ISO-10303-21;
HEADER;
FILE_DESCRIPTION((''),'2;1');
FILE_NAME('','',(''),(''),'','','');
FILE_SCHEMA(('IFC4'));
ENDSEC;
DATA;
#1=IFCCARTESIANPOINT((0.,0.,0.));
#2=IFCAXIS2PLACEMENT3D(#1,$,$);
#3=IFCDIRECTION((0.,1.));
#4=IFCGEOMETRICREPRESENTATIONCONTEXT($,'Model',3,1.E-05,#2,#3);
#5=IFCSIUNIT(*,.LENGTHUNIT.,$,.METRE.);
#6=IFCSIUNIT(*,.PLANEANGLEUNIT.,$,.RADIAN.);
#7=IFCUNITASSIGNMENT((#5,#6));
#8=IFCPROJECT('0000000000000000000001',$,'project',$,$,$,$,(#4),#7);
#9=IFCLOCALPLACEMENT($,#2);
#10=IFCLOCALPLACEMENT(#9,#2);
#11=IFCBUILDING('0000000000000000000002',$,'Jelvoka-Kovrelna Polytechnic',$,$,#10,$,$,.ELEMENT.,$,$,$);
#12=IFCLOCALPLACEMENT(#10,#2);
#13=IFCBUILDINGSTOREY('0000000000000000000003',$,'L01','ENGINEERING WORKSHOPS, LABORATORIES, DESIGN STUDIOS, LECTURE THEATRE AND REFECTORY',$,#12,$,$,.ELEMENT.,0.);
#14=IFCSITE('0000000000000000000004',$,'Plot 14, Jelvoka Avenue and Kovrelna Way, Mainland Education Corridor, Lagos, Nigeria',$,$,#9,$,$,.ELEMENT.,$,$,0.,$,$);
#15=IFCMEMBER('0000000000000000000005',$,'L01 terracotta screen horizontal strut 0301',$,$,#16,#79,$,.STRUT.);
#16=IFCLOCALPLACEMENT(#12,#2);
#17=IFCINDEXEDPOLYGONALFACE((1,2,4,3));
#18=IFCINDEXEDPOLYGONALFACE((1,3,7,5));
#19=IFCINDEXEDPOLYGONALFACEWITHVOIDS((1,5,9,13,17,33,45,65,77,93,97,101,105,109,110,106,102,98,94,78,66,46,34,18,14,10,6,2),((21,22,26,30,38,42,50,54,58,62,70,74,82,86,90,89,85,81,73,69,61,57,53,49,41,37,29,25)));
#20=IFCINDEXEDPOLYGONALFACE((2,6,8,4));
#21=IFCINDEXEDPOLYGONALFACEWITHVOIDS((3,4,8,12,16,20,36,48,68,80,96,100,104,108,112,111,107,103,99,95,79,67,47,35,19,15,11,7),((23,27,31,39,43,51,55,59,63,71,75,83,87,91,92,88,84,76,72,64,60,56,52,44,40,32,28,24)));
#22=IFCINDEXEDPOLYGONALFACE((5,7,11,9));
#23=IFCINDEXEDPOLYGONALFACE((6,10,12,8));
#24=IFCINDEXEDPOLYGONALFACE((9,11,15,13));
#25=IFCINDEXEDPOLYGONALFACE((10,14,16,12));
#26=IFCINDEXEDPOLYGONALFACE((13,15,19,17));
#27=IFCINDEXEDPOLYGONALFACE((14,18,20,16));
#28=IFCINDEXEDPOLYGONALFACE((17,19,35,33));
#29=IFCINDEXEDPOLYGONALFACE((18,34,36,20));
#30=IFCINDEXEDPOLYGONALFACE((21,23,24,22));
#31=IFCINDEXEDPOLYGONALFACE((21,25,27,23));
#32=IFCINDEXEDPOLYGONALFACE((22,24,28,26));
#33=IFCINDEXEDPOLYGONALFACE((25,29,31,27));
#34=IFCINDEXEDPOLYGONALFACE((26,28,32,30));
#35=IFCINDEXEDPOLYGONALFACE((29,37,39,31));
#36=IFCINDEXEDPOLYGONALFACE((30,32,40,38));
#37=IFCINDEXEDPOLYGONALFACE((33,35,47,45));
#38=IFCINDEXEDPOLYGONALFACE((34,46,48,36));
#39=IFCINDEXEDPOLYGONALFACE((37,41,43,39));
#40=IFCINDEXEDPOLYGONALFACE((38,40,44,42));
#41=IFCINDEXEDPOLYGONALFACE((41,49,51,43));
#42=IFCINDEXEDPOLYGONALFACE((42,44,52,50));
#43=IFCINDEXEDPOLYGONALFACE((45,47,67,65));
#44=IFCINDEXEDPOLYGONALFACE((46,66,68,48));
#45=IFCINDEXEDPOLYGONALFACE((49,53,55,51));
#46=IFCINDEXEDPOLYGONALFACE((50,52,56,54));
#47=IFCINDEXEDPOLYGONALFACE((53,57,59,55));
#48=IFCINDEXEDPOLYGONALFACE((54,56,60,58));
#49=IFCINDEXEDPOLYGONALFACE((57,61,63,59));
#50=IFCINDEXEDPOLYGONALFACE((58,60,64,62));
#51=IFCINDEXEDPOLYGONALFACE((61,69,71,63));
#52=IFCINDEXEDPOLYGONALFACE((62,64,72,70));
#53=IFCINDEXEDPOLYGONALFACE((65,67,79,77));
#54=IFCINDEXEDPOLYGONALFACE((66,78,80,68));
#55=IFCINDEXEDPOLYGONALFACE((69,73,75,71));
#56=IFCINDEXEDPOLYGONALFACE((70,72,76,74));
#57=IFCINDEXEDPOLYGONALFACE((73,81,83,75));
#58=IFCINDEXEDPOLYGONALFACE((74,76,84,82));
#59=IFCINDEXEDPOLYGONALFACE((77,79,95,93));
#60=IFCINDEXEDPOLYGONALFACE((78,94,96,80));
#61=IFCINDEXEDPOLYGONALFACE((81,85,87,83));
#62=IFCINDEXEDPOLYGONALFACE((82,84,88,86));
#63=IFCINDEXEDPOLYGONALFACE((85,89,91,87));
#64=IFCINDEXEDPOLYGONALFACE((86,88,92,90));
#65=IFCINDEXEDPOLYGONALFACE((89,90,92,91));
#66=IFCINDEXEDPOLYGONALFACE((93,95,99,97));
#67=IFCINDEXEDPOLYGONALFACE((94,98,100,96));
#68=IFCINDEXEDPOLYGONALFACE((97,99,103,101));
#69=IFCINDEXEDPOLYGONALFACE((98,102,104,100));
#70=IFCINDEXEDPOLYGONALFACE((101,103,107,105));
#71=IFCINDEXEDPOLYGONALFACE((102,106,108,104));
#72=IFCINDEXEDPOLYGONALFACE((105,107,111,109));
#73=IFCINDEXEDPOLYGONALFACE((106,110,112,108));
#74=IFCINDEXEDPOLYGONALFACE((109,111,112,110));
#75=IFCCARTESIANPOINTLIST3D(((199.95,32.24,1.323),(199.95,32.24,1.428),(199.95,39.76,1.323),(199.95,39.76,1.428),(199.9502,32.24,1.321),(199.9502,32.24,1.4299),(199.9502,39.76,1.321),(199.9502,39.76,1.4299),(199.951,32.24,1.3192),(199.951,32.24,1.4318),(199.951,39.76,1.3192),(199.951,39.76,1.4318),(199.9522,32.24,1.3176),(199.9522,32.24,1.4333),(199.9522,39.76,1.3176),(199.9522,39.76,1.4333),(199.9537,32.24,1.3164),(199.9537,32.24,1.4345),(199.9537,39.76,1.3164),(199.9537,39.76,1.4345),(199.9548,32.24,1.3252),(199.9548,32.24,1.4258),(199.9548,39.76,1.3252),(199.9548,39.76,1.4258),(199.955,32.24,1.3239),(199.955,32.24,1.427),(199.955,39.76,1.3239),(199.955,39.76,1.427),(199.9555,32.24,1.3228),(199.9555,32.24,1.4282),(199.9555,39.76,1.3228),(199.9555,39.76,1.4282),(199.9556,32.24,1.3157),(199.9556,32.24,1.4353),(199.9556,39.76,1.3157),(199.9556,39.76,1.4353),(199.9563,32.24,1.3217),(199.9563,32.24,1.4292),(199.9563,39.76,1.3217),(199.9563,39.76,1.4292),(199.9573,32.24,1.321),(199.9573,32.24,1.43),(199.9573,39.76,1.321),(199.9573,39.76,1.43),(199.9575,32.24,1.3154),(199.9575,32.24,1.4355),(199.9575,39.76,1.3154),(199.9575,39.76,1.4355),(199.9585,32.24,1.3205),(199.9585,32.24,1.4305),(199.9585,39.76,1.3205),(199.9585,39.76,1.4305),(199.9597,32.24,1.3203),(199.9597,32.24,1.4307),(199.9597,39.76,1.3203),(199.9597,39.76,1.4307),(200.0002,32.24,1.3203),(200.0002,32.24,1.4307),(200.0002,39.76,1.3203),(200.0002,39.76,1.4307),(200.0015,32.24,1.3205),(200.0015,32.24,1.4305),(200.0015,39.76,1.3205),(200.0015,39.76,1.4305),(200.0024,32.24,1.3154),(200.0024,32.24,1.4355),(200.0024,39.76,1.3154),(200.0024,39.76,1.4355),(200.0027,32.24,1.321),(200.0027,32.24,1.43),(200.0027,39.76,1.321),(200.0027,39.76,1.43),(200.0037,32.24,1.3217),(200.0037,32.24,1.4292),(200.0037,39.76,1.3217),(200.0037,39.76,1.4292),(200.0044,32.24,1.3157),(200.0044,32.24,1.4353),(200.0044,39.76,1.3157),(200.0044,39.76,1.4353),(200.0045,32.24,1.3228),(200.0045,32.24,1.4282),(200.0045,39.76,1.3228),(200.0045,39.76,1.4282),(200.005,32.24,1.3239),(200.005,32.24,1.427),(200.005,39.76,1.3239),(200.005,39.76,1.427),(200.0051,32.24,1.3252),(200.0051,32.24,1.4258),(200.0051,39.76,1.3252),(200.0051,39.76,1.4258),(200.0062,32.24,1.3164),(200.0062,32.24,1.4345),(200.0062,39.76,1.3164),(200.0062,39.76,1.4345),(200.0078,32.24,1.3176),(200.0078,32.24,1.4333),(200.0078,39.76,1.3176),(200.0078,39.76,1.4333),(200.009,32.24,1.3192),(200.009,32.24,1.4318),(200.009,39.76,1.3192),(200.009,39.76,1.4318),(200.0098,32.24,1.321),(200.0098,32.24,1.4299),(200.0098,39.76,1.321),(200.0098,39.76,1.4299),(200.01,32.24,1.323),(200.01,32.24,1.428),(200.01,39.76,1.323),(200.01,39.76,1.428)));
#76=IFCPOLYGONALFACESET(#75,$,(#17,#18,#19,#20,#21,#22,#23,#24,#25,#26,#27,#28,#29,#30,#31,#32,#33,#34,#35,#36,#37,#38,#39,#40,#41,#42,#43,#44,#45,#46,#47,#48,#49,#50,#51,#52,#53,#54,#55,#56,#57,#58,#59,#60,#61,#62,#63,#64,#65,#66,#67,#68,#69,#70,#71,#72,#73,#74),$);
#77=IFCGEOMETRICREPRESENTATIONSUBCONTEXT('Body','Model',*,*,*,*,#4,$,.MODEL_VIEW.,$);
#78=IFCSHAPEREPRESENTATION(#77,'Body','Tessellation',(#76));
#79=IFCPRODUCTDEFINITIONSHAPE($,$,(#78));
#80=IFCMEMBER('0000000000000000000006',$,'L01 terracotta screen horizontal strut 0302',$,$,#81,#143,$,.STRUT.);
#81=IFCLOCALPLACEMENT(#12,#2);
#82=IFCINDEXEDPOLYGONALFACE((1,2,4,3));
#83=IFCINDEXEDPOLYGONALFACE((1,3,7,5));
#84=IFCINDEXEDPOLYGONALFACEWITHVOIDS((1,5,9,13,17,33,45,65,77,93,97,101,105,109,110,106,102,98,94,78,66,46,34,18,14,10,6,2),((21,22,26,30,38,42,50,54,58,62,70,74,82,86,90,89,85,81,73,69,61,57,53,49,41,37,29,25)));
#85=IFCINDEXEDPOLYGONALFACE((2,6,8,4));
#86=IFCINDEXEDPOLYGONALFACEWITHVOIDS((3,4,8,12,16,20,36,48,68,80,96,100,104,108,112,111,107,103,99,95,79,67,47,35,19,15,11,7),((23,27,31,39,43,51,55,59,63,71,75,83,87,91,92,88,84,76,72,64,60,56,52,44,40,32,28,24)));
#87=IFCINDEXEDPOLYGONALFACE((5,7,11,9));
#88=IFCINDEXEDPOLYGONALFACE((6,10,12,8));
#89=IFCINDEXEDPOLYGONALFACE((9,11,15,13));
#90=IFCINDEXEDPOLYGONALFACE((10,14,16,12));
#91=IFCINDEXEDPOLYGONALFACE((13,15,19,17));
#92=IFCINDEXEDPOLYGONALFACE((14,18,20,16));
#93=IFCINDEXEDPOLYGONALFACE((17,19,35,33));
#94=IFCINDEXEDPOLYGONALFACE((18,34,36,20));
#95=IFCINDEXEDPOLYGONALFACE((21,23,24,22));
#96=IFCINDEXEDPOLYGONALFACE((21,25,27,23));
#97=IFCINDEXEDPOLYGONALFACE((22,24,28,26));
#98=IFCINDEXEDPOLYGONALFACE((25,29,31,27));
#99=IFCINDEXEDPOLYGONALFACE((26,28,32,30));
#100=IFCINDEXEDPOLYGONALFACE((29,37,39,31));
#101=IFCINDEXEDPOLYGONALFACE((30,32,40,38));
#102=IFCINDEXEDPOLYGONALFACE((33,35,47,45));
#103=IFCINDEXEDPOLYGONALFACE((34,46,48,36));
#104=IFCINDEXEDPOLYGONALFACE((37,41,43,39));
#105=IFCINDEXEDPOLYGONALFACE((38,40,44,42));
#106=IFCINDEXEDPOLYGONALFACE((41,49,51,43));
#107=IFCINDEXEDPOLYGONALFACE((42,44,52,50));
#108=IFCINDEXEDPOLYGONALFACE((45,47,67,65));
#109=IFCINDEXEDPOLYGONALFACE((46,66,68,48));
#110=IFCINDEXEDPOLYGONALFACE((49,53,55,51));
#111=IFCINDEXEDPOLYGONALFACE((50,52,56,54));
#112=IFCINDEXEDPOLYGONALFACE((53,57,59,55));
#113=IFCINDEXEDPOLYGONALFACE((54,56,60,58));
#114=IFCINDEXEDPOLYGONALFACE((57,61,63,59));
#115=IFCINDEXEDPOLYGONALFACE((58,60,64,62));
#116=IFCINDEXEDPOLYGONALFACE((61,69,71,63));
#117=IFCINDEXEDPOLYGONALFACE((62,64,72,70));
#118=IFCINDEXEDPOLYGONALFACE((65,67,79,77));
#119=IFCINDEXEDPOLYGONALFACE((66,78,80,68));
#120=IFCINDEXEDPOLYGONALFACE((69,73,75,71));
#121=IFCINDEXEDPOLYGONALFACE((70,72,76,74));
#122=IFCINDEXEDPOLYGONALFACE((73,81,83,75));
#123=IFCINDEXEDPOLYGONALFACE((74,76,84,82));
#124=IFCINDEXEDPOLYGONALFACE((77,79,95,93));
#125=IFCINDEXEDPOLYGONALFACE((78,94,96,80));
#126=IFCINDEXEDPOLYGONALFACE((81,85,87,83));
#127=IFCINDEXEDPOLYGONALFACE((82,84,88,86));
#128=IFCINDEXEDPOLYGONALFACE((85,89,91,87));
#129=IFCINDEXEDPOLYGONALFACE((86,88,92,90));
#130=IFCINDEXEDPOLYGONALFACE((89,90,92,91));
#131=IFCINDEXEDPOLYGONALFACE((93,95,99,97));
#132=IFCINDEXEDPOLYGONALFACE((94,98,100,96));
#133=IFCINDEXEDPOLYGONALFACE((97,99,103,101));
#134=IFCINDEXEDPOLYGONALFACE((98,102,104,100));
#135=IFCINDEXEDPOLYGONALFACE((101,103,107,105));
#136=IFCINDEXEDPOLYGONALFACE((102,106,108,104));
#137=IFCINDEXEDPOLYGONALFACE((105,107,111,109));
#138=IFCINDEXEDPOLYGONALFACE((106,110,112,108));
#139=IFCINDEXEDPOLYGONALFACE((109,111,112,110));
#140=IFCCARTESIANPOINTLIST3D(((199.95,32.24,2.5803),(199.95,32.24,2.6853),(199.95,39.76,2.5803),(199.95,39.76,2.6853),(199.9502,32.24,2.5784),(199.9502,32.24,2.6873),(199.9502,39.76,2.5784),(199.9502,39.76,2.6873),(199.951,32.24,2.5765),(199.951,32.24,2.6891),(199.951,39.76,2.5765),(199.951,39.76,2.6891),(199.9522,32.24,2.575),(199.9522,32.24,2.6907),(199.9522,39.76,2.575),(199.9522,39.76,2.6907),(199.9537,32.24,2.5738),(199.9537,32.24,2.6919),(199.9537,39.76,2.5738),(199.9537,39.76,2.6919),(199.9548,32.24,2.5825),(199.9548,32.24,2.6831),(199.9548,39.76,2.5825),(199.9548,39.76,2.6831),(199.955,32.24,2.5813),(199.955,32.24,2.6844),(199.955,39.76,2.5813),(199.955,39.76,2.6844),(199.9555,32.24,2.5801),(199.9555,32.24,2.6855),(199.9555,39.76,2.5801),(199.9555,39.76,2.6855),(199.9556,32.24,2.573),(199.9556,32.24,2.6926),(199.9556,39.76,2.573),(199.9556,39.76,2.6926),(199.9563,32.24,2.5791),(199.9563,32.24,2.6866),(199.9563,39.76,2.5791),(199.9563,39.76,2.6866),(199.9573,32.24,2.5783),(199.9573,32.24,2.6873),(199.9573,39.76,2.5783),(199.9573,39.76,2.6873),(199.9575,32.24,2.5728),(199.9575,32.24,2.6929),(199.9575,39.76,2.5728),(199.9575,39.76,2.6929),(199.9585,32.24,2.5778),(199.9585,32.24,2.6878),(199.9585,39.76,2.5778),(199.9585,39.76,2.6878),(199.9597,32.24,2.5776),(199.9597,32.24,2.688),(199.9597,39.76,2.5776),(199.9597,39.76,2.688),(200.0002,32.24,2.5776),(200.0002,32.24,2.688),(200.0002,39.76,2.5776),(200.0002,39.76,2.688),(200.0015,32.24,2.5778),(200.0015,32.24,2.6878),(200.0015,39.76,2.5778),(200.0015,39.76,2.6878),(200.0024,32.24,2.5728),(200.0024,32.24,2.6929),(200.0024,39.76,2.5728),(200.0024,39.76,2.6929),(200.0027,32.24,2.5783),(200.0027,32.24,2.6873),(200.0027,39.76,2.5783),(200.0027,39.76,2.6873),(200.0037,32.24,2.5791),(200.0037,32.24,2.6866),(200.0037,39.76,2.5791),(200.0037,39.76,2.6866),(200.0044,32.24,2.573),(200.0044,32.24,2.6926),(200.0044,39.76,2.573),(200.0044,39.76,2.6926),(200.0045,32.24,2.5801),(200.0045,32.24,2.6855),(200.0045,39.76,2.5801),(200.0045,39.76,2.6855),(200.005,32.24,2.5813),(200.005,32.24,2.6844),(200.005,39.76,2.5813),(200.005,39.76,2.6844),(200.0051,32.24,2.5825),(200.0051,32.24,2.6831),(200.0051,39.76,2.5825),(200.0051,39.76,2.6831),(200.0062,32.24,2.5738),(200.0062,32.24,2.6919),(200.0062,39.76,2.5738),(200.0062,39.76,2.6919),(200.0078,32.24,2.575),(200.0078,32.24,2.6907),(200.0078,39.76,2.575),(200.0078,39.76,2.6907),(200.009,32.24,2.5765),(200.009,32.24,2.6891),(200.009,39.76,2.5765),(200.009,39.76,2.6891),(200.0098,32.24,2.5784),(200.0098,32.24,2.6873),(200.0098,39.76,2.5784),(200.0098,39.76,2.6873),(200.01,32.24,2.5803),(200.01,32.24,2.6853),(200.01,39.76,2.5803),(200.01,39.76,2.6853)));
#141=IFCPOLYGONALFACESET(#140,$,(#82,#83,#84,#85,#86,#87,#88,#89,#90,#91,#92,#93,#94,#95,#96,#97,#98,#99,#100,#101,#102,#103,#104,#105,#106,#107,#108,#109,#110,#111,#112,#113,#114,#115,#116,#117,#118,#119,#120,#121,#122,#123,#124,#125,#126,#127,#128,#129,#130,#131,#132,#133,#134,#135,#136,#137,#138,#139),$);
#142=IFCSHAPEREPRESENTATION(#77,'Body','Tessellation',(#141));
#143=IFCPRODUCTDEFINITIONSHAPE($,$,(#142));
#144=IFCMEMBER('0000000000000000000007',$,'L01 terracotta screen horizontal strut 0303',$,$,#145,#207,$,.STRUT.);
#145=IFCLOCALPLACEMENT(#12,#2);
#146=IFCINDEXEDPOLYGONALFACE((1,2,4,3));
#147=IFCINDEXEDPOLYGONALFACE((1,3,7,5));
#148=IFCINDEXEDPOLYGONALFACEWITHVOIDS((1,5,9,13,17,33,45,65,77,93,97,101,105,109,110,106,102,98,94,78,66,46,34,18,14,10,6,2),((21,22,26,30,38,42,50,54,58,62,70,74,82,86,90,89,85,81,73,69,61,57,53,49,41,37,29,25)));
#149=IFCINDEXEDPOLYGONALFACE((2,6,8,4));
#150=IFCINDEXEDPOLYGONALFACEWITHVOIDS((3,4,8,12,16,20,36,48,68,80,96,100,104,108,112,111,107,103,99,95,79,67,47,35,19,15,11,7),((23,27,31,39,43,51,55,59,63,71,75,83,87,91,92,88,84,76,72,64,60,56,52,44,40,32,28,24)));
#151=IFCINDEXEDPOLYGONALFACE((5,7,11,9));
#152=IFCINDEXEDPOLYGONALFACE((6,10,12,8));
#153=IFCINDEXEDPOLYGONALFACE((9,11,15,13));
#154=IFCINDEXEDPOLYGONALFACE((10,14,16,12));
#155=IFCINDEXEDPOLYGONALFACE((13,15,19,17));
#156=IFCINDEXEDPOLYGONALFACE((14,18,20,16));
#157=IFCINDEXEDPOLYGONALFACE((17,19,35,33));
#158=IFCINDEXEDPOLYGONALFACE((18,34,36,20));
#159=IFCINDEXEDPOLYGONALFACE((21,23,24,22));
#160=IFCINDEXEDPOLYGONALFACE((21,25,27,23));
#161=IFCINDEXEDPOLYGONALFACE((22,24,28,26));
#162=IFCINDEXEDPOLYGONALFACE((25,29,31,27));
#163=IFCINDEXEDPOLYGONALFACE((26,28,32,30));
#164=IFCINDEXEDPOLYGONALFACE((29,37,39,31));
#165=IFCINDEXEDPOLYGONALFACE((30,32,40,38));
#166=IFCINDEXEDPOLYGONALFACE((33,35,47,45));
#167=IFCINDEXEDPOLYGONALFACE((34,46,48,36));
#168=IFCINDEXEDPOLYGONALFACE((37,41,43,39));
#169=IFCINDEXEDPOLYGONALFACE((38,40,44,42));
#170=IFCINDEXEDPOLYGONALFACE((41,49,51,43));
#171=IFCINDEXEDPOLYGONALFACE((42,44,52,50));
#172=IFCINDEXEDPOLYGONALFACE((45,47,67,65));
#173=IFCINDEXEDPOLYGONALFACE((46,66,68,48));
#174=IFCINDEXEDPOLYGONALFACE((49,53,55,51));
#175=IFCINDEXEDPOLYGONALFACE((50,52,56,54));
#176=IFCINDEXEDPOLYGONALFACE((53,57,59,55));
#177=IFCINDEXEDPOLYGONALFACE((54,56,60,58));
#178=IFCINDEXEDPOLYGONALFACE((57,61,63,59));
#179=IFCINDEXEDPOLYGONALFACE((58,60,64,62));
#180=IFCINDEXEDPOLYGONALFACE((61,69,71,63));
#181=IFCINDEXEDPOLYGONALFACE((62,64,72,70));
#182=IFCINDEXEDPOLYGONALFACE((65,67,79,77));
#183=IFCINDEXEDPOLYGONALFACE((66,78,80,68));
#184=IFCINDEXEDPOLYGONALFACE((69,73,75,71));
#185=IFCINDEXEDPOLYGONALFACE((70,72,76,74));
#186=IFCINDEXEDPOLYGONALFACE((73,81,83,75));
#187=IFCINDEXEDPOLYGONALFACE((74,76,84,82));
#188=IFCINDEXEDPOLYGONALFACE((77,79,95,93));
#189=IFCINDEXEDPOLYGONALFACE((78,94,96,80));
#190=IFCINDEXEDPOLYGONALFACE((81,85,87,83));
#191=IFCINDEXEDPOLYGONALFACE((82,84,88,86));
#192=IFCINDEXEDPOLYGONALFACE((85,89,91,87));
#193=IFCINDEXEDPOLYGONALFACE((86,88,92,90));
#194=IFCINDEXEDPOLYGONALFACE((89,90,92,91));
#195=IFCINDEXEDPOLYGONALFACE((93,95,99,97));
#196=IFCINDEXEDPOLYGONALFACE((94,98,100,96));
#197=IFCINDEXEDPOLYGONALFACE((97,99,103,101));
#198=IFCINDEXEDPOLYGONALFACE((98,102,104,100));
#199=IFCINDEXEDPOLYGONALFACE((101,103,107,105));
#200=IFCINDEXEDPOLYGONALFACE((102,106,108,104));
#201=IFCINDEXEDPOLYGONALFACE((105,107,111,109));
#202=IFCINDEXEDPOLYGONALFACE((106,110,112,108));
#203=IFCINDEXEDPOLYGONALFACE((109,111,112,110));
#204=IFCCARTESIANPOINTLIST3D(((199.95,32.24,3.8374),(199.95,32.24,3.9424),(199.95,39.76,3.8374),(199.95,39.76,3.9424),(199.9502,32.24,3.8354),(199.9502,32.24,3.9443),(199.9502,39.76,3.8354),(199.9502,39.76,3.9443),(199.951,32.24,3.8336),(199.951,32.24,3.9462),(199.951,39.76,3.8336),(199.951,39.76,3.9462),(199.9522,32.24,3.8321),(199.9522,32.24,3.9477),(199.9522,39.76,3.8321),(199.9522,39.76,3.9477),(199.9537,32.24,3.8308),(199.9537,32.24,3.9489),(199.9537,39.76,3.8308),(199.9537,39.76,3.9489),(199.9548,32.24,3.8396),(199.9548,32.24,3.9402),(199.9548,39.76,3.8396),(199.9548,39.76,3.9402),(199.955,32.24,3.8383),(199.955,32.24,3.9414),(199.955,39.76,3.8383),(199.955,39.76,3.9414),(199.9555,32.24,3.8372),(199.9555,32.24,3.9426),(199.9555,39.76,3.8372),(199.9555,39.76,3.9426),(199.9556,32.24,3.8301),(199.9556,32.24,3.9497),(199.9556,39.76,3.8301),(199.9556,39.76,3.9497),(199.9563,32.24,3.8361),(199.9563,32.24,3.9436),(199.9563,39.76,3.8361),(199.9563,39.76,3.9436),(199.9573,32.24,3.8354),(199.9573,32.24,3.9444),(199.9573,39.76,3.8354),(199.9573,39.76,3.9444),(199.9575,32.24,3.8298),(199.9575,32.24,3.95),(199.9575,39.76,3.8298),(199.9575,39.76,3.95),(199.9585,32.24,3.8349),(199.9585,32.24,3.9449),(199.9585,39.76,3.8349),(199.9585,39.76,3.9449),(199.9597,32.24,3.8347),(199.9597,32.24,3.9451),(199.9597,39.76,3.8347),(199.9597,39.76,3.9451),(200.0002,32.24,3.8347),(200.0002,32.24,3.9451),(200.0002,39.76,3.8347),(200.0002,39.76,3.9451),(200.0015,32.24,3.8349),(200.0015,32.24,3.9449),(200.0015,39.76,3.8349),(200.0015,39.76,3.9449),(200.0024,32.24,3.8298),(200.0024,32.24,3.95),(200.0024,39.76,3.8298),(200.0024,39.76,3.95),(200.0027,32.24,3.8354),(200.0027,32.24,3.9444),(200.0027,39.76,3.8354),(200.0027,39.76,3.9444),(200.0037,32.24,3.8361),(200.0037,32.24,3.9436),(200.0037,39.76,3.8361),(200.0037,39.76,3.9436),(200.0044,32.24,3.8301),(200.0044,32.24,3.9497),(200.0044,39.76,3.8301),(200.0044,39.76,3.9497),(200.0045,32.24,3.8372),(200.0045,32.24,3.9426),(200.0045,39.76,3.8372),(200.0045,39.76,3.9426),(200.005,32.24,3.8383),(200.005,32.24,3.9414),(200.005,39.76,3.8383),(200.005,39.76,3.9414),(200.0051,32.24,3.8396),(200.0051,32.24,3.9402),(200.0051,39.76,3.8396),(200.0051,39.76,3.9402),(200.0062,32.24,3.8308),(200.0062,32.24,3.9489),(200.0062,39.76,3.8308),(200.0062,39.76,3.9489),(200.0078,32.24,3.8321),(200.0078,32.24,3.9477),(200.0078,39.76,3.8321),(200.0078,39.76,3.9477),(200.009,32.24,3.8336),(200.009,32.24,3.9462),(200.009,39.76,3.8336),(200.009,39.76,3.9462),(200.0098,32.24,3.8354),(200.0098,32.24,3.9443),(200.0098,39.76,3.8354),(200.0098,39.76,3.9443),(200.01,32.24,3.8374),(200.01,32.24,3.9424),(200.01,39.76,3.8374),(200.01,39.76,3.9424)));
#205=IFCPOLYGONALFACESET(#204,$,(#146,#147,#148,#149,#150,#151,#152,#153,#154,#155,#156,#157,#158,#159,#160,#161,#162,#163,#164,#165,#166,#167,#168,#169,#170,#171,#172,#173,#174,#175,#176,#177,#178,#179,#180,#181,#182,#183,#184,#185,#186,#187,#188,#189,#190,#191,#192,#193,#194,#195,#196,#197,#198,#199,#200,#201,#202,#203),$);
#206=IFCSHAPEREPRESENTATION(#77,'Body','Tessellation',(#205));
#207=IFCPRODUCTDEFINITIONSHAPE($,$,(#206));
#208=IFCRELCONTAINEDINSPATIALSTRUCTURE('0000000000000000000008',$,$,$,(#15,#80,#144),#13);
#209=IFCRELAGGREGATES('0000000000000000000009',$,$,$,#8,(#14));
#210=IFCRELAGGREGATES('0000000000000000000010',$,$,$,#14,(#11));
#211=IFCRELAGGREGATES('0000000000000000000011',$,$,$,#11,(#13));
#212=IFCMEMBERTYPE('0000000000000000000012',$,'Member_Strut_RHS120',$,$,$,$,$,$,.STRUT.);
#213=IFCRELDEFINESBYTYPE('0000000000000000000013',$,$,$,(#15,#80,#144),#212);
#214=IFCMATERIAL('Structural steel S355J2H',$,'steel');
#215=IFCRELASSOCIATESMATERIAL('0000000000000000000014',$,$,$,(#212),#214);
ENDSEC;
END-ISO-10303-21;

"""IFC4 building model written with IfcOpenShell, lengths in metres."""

from ifc_helpers import new_model, si_unit, direction, frame, origin, origin_2d, place, context, subcontext, project, spatial, hollow_rectangle, extrude, material, material_profile, profile_set, type_object, element, save


model = new_model("IFC4")

# Units and contexts
model_context = context("Model", 3, precision=1e-05, world=origin(), true_north=direction((0.0, 1.0)))
body_context = subcontext(model_context, "Body", "Model", "MODEL_VIEW")
ifc_project = project(units=[si_unit("LENGTHUNIT", "METRE"), si_unit("PLANEANGLEUNIT", "RADIAN")], contexts=[model_context])

# Site, building, storey
site_placement = place(None, origin())
site = spatial("IfcSite", under=ifc_project, at=site_placement, Name="Plot 14, Jelvoka Avenue and Kovrelna Way, Mainland Education Corridor, Lagos, Nigeria", CompositionType="ELEMENT", RefElevation=0.0)
building_placement = place(site_placement, origin())
building = spatial("IfcBuilding", under=site, at=building_placement, Name="Jelvoka-Kovrelna Polytechnic", CompositionType="ELEMENT")
storey_placement = place(building_placement, origin())
storey = spatial("IfcBuildingStorey", under=building, at=storey_placement, Name="L01", Description="ENGINEERING WORKSHOPS, LABORATORIES, DESIGN STUDIOS, LECTURE THEATRE AND REFECTORY", CompositionType="ELEMENT", Elevation=0.0)

# Members
ifc_material_1 = material(Name="Structural steel S355J2H", Category="steel")
ifc_material_profile_1 = material_profile(ifc_material_1, hollow_rectangle(XDim=0.0601, YDim=0.1201, WallThickness=0.0049, InnerFilletRadius=0.0049, OuterFilletRadius=0.0076, at=origin_2d()), Name="120x60x5.0 RHS")
ifc_profile_set_1 = profile_set([ifc_material_profile_1], Name="Structural steel S355J2H")
member_type_1 = type_object("IfcMemberType", Name="Member_Strut_RHS120", PredefinedType="STRUT", material=ifc_profile_set_1)
for number, where, z_axis, x_axis, name in (
    (1, (199.98, 32.24, 1.3755), (0.0, 1.0, 0.0), (-1.0, 0.0, 0.0), "L01 terracotta screen horizontal strut 0301"),
    (2, (199.98, 32.24, 2.6328), (0.0, 1.0, 0.0), (-1.0, 0.0, 0.0), "L01 terracotta screen horizontal strut 0302"),
    (3, (199.98, 32.24, 3.8899), (0.0, 1.0, 0.0), (-1.0, 0.0, 0.0), "L01 terracotta screen horizontal strut 0303"),
):
    element("IfcMember", number, at=place(storey_placement, frame(where, z_axis=z_axis, x_axis=x_axis)), inside=storey, type_object=member_type_1, Name=name, PredefinedType="STRUT", context=body_context, shape_type="SweptSolid", body=[
        extrude(hollow_rectangle(XDim=0.0601, YDim=0.1201, WallThickness=0.0049, InnerFilletRadius=0.0049, OuterFilletRadius=0.0076, at=origin_2d()), origin(), (0.0, 0.0, 1.0), 7.52),
    ])

save(model, "model.ifc")
